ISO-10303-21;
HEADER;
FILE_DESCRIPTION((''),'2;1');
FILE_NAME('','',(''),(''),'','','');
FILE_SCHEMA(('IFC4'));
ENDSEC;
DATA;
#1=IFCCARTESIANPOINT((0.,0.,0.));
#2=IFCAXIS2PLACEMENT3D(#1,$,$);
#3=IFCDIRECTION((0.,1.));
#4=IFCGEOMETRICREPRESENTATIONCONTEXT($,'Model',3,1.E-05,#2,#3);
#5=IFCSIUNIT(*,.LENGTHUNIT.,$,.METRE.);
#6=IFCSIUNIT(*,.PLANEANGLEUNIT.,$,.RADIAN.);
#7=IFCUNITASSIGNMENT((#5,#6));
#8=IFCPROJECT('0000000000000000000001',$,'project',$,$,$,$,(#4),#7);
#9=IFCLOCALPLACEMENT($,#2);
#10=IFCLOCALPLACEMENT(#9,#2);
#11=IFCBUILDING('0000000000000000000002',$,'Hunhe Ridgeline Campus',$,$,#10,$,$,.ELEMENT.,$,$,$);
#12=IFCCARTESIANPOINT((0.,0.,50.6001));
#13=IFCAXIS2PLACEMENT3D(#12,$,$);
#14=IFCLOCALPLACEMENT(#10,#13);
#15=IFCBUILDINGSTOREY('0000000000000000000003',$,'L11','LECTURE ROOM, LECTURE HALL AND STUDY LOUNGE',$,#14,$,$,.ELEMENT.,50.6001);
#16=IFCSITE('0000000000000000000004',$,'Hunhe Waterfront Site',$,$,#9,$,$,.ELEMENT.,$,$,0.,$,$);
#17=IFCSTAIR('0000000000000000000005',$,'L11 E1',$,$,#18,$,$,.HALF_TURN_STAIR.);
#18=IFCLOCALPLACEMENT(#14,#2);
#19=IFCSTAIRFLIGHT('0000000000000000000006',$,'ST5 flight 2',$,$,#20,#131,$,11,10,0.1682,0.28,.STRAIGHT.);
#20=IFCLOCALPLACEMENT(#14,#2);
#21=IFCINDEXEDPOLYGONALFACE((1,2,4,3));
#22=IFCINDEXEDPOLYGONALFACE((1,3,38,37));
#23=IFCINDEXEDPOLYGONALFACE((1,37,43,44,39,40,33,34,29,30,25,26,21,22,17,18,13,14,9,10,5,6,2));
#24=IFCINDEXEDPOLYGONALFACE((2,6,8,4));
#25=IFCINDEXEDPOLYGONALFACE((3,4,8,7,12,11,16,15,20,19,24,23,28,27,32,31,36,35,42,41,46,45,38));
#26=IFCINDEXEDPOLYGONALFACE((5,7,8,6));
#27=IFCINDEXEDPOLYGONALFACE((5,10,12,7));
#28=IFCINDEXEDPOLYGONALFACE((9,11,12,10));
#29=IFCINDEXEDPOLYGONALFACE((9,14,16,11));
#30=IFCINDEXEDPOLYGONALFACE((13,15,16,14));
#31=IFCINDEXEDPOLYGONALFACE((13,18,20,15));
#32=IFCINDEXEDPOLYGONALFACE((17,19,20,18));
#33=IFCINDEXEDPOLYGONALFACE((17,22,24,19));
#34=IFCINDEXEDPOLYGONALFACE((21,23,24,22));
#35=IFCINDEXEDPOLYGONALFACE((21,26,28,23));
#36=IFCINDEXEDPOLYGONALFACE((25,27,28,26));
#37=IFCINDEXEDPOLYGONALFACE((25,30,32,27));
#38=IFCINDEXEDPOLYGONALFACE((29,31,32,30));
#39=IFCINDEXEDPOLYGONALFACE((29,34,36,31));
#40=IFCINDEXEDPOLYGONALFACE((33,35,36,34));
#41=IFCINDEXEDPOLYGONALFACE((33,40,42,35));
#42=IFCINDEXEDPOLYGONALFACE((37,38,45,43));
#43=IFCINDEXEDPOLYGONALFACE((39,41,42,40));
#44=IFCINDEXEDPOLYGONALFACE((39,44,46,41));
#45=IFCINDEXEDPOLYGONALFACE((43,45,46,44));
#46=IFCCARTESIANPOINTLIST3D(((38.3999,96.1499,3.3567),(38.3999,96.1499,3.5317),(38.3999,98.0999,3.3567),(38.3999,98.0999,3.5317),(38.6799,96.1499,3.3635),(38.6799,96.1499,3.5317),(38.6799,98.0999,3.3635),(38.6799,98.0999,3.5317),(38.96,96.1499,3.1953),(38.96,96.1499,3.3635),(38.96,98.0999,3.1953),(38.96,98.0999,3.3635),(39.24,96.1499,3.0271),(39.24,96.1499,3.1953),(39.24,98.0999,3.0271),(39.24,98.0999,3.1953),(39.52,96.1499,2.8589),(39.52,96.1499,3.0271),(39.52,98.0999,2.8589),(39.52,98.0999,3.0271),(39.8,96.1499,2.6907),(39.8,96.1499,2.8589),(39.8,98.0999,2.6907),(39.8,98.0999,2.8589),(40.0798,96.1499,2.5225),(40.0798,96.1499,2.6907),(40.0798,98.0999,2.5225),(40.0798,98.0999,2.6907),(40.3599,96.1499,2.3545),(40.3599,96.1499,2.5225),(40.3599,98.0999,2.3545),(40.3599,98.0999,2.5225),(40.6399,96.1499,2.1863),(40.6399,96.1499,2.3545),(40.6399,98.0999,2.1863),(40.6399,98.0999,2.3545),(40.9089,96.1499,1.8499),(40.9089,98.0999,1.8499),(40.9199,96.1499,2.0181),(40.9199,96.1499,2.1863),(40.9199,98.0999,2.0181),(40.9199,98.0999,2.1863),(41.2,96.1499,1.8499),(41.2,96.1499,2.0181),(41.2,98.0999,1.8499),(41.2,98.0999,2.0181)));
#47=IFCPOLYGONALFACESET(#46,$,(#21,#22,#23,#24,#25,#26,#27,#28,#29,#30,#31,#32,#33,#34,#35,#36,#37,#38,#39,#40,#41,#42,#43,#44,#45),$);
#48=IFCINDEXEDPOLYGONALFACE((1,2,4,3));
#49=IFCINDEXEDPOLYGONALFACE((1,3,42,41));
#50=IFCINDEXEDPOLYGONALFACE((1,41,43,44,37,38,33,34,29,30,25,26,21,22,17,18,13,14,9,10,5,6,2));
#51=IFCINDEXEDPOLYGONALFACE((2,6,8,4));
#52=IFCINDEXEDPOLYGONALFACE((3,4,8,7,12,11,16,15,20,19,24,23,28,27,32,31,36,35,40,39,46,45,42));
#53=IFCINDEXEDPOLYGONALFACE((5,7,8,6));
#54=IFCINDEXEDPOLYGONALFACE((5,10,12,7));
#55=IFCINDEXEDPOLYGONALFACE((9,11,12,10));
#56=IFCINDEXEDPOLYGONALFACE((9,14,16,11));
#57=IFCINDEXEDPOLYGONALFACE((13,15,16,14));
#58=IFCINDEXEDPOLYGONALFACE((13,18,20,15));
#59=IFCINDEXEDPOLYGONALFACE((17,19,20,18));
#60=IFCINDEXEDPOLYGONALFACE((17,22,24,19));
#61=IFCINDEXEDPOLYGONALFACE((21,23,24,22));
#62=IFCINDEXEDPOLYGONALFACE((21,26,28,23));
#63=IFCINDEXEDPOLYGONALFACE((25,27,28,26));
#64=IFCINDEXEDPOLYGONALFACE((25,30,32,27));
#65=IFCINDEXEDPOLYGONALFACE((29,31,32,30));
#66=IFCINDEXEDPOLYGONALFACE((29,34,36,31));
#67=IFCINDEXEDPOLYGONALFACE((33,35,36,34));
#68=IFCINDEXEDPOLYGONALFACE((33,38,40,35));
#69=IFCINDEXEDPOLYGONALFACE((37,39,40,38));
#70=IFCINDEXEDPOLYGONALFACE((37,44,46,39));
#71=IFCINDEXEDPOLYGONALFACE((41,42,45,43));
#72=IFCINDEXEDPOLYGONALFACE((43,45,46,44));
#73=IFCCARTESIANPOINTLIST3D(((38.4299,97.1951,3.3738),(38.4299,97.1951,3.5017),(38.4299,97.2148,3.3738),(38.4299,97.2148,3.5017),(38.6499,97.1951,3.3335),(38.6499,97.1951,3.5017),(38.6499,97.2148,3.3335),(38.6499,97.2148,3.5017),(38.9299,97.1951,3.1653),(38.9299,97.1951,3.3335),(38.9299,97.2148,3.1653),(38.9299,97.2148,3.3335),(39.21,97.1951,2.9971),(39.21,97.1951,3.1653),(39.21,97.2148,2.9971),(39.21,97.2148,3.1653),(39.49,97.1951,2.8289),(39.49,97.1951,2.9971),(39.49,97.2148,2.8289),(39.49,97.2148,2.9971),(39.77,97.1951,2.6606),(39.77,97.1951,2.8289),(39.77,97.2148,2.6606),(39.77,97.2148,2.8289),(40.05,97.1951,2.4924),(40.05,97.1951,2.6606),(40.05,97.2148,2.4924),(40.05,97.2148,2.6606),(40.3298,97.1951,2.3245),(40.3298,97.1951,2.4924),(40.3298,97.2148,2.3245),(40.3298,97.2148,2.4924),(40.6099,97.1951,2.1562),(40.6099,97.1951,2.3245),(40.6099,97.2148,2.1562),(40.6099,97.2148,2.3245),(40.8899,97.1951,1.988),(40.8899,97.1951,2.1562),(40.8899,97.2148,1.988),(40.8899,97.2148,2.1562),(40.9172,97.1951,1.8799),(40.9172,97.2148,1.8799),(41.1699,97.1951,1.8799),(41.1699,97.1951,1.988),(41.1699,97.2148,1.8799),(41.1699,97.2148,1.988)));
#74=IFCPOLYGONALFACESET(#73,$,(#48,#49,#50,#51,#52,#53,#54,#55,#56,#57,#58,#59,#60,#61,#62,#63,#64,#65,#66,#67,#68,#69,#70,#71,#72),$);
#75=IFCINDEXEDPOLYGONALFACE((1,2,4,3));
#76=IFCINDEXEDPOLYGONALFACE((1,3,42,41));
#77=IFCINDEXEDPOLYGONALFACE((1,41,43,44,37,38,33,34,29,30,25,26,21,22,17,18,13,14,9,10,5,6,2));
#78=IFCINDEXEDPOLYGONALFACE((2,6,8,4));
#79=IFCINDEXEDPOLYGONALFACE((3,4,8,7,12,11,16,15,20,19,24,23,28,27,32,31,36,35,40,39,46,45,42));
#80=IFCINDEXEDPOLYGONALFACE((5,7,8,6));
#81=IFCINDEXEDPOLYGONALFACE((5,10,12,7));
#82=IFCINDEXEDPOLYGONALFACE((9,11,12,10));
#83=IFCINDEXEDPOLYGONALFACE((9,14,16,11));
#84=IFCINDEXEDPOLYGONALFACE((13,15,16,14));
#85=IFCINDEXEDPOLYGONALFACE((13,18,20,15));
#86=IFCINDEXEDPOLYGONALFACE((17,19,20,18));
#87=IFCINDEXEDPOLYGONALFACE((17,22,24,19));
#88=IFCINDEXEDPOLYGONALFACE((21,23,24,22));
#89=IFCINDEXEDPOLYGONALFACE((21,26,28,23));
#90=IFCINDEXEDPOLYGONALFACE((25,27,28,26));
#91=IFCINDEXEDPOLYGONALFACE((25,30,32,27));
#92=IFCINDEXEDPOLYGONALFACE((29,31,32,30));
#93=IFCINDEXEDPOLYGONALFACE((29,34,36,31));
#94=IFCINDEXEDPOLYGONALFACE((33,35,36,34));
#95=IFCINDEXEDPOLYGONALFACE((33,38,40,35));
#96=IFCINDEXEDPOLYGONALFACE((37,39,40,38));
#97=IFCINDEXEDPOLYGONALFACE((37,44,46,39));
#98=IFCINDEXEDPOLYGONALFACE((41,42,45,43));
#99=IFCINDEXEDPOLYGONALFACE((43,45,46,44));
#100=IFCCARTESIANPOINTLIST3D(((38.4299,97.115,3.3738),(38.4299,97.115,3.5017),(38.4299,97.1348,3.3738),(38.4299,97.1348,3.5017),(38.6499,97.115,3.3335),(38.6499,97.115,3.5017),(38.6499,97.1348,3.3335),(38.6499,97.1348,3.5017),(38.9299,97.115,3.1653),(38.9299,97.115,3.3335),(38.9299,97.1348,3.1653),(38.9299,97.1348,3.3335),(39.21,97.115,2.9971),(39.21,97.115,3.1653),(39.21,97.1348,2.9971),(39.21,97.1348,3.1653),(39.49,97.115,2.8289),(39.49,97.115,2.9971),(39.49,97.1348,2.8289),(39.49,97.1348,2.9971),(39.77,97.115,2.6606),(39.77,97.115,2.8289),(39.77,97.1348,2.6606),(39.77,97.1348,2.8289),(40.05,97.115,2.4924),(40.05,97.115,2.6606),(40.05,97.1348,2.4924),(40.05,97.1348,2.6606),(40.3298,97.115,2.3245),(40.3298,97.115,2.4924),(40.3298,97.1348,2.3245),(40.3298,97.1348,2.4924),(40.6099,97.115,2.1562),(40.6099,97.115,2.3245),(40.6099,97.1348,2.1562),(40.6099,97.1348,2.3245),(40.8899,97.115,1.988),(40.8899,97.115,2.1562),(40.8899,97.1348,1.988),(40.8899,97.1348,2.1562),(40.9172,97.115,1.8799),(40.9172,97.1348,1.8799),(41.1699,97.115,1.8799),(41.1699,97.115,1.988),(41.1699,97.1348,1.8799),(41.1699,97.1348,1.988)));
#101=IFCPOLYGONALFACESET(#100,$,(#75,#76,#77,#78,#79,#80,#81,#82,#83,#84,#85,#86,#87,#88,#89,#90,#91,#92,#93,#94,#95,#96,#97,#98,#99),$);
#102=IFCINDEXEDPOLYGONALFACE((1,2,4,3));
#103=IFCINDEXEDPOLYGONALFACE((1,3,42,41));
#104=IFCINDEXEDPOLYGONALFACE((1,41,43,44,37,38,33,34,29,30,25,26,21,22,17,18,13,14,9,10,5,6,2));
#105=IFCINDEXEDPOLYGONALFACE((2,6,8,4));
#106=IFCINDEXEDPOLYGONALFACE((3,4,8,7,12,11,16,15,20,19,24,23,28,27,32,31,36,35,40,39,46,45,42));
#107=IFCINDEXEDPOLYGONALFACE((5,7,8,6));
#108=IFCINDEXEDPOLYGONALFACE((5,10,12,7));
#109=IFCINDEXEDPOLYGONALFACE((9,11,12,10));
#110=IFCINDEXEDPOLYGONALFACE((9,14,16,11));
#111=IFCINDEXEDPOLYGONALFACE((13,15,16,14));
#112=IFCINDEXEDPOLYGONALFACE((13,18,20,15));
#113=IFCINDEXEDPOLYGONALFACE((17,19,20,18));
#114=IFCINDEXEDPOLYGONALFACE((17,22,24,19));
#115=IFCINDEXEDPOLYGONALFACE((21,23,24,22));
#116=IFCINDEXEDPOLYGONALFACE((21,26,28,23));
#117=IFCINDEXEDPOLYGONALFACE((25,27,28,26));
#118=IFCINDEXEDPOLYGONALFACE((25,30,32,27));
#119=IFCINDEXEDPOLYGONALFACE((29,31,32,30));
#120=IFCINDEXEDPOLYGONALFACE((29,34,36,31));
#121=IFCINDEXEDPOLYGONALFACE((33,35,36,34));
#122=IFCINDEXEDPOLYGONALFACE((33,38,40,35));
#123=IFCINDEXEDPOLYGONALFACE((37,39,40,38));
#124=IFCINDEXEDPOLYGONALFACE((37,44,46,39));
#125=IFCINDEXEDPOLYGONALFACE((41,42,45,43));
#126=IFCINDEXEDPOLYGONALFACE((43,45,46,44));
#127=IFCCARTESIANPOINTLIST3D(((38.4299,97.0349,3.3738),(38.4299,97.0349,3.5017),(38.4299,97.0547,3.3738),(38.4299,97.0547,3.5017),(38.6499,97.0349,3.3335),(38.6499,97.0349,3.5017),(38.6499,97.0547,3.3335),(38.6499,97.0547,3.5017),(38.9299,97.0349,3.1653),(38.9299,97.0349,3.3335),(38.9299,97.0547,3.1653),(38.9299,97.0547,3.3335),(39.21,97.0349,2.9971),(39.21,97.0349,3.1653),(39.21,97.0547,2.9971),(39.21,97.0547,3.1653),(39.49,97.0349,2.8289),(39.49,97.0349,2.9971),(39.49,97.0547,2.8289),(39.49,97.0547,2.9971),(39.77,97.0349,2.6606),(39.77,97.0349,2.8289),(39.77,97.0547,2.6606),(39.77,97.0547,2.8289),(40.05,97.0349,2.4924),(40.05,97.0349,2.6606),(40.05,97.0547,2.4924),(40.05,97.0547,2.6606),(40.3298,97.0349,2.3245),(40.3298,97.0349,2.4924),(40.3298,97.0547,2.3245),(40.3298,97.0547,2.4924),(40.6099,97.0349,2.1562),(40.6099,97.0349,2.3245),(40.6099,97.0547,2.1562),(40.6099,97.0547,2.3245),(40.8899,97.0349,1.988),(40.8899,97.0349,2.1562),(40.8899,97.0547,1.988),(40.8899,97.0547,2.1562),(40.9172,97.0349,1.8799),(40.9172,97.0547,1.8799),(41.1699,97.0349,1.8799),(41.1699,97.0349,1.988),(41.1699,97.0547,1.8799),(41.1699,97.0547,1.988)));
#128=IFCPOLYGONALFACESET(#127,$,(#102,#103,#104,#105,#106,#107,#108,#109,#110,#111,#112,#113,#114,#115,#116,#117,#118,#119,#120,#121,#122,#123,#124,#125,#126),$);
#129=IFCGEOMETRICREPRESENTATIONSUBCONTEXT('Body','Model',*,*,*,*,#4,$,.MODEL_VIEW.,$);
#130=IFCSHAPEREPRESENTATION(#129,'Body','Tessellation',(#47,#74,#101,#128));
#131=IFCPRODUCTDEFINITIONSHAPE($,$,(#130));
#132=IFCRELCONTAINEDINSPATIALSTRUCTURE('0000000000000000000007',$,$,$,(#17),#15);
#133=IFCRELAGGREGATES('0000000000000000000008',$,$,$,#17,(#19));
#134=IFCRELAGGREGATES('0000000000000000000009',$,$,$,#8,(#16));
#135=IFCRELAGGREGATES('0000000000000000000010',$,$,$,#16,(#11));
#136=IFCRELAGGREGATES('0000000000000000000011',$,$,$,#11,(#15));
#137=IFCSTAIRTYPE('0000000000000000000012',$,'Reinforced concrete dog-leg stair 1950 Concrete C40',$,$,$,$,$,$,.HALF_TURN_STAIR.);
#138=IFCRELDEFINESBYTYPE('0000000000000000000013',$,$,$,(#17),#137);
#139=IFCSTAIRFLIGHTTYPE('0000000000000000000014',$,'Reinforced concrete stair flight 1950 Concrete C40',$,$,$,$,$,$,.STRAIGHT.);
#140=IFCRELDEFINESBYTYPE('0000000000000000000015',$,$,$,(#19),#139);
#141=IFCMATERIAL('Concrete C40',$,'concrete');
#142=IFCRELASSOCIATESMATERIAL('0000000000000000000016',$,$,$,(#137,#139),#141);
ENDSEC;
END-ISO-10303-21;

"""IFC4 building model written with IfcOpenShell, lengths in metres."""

from ifc_helpers import new_model, si_unit, direction, frame, origin, place, context, subcontext, project, spatial, polyline, outline, extrude, material, type_object, element, aggregate, save


model = new_model("IFC4")

# Units and contexts
model_context = context("Model", 3, precision=1e-05, world=origin(), true_north=direction((0.0, 1.0)))
body_context = subcontext(model_context, "Body", "Model", "MODEL_VIEW")
ifc_project = project(units=[si_unit("LENGTHUNIT", "METRE"), si_unit("PLANEANGLEUNIT", "RADIAN")], contexts=[model_context])

# Site, building, storey
site_placement = place(None, origin())
site = spatial("IfcSite", under=ifc_project, at=site_placement, Name="Hunhe Waterfront Site", CompositionType="ELEMENT", RefElevation=0.0)
building_placement = place(site_placement, origin())
building = spatial("IfcBuilding", under=site, at=building_placement, Name="Hunhe Ridgeline Campus", CompositionType="ELEMENT")
storey_placement = place(building_placement, frame((0.0, 0.0, 50.6001)))
storey = spatial("IfcBuildingStorey", under=building, at=storey_placement, Name="L11", Description="LECTURE ROOM, LECTURE HALL AND STUDY LOUNGE", CompositionType="ELEMENT", Elevation=50.6001)

# Stair, stair flight
ifc_material_1 = material(Name="Concrete C40", Category="concrete")
stair_type = type_object("IfcStairType", Name="Reinforced concrete dog-leg stair 1950 Concrete C40", PredefinedType="HALF_TURN_STAIR", material=ifc_material_1)
stair_1_placement = place(storey_placement, origin())
stair_1 = element("IfcStair", 1, at=stair_1_placement, inside=storey, type_object=stair_type, Name="L11 E1", PredefinedType="HALF_TURN_STAIR")
stair_flight_type = type_object("IfcStairFlightType", Name="Reinforced concrete stair flight 1950 Concrete C40", PredefinedType="STRAIGHT", material=ifc_material_1)
stair_flight_1_placement = place(storey_placement, frame((41.2, 97.125, 1.8499), z_axis=(0.0, 0.0, 1.0), x_axis=(-1.0, 0.0, 0.0)))
stair_flight_1 = element("IfcStairFlight", 2, at=stair_flight_1_placement, type_object=stair_flight_type, Name="ST5 flight 2", NumberOfRisers=11, NumberOfTreads=10, PredefinedType="STRAIGHT", RiserHeight=0.1682, TreadLength=0.28, context=body_context, shape_type="SweptSolid", body=[
    extrude(outline(polyline([(0.0, 0.0), (0.0, 0.1682), (0.28, 0.1682), (0.28, 0.3364), (0.5601, 0.3364), (0.5601, 0.5046), (0.8401, 0.5046), (0.8401, 0.6726), (1.1201, 0.6726), (1.1201, 0.8408), (1.3999, 0.8408), (1.3999, 1.009), (1.6799, 1.009), (1.6799, 1.1772), (1.96, 1.1772), (1.96, 1.3455), (2.24, 1.3455), (2.24, 1.5137), (2.52, 1.5137), (2.52, 1.6819), (2.8, 1.6819), (2.8, 1.8501), (2.8, 1.5068), (0.291, 0.0), (0.0, 0.0)])), frame((0.0, 0.9751, 0.0), z_axis=(0.0, -1.0, 0.0), x_axis=(1.0, 0.0, 0.0)), (0.0, 0.0, 1.0), 1.95),
    extrude(outline(polyline([(0.03, 0.03), (0.03, 0.1382), (0.3101, 0.1382), (0.3101, 0.3064), (0.5901, 0.3064), (0.5901, 0.4746), (0.8701, 0.4746), (0.8701, 0.6426), (1.1499, 0.6426), (1.1499, 0.8108), (1.4299, 0.8108), (1.4299, 0.979), (1.71, 0.979), (1.71, 1.1472), (1.99, 1.1472), (1.99, 1.3154), (2.27, 1.3154), (2.27, 1.4836), (2.55, 1.4836), (2.55, 1.6519), (2.77, 1.6519), (2.77, 1.5239), (0.2827, 0.03), (0.03, 0.03)])), frame((0.0, -0.0701, 0.0), z_axis=(0.0, -1.0, 0.0), x_axis=(1.0, 0.0, 0.0)), (0.0, 0.0, 1.0), 0.0198),
    extrude(outline(polyline([(0.03, 0.03), (0.03, 0.1382), (0.3101, 0.1382), (0.3101, 0.3064), (0.5901, 0.3064), (0.5901, 0.4746), (0.8701, 0.4746), (0.8701, 0.6426), (1.1499, 0.6426), (1.1499, 0.8108), (1.4299, 0.8108), (1.4299, 0.979), (1.71, 0.979), (1.71, 1.1472), (1.99, 1.1472), (1.99, 1.3154), (2.27, 1.3154), (2.27, 1.4836), (2.55, 1.4836), (2.55, 1.6519), (2.77, 1.6519), (2.77, 1.5239), (0.2827, 0.03), (0.03, 0.03)])), frame((0.0, 0.01, 0.0), z_axis=(0.0, -1.0, 0.0), x_axis=(1.0, 0.0, 0.0)), (0.0, 0.0, 1.0), 0.0198),
    extrude(outline(polyline([(0.03, 0.03), (0.03, 0.1382), (0.3101, 0.1382), (0.3101, 0.3064), (0.5901, 0.3064), (0.5901, 0.4746), (0.8701, 0.4746), (0.8701, 0.6426), (1.1499, 0.6426), (1.1499, 0.8108), (1.4299, 0.8108), (1.4299, 0.979), (1.71, 0.979), (1.71, 1.1472), (1.99, 1.1472), (1.99, 1.3154), (2.27, 1.3154), (2.27, 1.4836), (2.55, 1.4836), (2.55, 1.6519), (2.77, 1.6519), (2.77, 1.5239), (0.2827, 0.03), (0.03, 0.03)])), frame((0.0, 0.0901, 0.0), z_axis=(0.0, -1.0, 0.0), x_axis=(1.0, 0.0, 0.0)), (0.0, 0.0, 1.0), 0.0198),
])
aggregate(stair_1, [stair_flight_1])

save(model, "model.ifc")
